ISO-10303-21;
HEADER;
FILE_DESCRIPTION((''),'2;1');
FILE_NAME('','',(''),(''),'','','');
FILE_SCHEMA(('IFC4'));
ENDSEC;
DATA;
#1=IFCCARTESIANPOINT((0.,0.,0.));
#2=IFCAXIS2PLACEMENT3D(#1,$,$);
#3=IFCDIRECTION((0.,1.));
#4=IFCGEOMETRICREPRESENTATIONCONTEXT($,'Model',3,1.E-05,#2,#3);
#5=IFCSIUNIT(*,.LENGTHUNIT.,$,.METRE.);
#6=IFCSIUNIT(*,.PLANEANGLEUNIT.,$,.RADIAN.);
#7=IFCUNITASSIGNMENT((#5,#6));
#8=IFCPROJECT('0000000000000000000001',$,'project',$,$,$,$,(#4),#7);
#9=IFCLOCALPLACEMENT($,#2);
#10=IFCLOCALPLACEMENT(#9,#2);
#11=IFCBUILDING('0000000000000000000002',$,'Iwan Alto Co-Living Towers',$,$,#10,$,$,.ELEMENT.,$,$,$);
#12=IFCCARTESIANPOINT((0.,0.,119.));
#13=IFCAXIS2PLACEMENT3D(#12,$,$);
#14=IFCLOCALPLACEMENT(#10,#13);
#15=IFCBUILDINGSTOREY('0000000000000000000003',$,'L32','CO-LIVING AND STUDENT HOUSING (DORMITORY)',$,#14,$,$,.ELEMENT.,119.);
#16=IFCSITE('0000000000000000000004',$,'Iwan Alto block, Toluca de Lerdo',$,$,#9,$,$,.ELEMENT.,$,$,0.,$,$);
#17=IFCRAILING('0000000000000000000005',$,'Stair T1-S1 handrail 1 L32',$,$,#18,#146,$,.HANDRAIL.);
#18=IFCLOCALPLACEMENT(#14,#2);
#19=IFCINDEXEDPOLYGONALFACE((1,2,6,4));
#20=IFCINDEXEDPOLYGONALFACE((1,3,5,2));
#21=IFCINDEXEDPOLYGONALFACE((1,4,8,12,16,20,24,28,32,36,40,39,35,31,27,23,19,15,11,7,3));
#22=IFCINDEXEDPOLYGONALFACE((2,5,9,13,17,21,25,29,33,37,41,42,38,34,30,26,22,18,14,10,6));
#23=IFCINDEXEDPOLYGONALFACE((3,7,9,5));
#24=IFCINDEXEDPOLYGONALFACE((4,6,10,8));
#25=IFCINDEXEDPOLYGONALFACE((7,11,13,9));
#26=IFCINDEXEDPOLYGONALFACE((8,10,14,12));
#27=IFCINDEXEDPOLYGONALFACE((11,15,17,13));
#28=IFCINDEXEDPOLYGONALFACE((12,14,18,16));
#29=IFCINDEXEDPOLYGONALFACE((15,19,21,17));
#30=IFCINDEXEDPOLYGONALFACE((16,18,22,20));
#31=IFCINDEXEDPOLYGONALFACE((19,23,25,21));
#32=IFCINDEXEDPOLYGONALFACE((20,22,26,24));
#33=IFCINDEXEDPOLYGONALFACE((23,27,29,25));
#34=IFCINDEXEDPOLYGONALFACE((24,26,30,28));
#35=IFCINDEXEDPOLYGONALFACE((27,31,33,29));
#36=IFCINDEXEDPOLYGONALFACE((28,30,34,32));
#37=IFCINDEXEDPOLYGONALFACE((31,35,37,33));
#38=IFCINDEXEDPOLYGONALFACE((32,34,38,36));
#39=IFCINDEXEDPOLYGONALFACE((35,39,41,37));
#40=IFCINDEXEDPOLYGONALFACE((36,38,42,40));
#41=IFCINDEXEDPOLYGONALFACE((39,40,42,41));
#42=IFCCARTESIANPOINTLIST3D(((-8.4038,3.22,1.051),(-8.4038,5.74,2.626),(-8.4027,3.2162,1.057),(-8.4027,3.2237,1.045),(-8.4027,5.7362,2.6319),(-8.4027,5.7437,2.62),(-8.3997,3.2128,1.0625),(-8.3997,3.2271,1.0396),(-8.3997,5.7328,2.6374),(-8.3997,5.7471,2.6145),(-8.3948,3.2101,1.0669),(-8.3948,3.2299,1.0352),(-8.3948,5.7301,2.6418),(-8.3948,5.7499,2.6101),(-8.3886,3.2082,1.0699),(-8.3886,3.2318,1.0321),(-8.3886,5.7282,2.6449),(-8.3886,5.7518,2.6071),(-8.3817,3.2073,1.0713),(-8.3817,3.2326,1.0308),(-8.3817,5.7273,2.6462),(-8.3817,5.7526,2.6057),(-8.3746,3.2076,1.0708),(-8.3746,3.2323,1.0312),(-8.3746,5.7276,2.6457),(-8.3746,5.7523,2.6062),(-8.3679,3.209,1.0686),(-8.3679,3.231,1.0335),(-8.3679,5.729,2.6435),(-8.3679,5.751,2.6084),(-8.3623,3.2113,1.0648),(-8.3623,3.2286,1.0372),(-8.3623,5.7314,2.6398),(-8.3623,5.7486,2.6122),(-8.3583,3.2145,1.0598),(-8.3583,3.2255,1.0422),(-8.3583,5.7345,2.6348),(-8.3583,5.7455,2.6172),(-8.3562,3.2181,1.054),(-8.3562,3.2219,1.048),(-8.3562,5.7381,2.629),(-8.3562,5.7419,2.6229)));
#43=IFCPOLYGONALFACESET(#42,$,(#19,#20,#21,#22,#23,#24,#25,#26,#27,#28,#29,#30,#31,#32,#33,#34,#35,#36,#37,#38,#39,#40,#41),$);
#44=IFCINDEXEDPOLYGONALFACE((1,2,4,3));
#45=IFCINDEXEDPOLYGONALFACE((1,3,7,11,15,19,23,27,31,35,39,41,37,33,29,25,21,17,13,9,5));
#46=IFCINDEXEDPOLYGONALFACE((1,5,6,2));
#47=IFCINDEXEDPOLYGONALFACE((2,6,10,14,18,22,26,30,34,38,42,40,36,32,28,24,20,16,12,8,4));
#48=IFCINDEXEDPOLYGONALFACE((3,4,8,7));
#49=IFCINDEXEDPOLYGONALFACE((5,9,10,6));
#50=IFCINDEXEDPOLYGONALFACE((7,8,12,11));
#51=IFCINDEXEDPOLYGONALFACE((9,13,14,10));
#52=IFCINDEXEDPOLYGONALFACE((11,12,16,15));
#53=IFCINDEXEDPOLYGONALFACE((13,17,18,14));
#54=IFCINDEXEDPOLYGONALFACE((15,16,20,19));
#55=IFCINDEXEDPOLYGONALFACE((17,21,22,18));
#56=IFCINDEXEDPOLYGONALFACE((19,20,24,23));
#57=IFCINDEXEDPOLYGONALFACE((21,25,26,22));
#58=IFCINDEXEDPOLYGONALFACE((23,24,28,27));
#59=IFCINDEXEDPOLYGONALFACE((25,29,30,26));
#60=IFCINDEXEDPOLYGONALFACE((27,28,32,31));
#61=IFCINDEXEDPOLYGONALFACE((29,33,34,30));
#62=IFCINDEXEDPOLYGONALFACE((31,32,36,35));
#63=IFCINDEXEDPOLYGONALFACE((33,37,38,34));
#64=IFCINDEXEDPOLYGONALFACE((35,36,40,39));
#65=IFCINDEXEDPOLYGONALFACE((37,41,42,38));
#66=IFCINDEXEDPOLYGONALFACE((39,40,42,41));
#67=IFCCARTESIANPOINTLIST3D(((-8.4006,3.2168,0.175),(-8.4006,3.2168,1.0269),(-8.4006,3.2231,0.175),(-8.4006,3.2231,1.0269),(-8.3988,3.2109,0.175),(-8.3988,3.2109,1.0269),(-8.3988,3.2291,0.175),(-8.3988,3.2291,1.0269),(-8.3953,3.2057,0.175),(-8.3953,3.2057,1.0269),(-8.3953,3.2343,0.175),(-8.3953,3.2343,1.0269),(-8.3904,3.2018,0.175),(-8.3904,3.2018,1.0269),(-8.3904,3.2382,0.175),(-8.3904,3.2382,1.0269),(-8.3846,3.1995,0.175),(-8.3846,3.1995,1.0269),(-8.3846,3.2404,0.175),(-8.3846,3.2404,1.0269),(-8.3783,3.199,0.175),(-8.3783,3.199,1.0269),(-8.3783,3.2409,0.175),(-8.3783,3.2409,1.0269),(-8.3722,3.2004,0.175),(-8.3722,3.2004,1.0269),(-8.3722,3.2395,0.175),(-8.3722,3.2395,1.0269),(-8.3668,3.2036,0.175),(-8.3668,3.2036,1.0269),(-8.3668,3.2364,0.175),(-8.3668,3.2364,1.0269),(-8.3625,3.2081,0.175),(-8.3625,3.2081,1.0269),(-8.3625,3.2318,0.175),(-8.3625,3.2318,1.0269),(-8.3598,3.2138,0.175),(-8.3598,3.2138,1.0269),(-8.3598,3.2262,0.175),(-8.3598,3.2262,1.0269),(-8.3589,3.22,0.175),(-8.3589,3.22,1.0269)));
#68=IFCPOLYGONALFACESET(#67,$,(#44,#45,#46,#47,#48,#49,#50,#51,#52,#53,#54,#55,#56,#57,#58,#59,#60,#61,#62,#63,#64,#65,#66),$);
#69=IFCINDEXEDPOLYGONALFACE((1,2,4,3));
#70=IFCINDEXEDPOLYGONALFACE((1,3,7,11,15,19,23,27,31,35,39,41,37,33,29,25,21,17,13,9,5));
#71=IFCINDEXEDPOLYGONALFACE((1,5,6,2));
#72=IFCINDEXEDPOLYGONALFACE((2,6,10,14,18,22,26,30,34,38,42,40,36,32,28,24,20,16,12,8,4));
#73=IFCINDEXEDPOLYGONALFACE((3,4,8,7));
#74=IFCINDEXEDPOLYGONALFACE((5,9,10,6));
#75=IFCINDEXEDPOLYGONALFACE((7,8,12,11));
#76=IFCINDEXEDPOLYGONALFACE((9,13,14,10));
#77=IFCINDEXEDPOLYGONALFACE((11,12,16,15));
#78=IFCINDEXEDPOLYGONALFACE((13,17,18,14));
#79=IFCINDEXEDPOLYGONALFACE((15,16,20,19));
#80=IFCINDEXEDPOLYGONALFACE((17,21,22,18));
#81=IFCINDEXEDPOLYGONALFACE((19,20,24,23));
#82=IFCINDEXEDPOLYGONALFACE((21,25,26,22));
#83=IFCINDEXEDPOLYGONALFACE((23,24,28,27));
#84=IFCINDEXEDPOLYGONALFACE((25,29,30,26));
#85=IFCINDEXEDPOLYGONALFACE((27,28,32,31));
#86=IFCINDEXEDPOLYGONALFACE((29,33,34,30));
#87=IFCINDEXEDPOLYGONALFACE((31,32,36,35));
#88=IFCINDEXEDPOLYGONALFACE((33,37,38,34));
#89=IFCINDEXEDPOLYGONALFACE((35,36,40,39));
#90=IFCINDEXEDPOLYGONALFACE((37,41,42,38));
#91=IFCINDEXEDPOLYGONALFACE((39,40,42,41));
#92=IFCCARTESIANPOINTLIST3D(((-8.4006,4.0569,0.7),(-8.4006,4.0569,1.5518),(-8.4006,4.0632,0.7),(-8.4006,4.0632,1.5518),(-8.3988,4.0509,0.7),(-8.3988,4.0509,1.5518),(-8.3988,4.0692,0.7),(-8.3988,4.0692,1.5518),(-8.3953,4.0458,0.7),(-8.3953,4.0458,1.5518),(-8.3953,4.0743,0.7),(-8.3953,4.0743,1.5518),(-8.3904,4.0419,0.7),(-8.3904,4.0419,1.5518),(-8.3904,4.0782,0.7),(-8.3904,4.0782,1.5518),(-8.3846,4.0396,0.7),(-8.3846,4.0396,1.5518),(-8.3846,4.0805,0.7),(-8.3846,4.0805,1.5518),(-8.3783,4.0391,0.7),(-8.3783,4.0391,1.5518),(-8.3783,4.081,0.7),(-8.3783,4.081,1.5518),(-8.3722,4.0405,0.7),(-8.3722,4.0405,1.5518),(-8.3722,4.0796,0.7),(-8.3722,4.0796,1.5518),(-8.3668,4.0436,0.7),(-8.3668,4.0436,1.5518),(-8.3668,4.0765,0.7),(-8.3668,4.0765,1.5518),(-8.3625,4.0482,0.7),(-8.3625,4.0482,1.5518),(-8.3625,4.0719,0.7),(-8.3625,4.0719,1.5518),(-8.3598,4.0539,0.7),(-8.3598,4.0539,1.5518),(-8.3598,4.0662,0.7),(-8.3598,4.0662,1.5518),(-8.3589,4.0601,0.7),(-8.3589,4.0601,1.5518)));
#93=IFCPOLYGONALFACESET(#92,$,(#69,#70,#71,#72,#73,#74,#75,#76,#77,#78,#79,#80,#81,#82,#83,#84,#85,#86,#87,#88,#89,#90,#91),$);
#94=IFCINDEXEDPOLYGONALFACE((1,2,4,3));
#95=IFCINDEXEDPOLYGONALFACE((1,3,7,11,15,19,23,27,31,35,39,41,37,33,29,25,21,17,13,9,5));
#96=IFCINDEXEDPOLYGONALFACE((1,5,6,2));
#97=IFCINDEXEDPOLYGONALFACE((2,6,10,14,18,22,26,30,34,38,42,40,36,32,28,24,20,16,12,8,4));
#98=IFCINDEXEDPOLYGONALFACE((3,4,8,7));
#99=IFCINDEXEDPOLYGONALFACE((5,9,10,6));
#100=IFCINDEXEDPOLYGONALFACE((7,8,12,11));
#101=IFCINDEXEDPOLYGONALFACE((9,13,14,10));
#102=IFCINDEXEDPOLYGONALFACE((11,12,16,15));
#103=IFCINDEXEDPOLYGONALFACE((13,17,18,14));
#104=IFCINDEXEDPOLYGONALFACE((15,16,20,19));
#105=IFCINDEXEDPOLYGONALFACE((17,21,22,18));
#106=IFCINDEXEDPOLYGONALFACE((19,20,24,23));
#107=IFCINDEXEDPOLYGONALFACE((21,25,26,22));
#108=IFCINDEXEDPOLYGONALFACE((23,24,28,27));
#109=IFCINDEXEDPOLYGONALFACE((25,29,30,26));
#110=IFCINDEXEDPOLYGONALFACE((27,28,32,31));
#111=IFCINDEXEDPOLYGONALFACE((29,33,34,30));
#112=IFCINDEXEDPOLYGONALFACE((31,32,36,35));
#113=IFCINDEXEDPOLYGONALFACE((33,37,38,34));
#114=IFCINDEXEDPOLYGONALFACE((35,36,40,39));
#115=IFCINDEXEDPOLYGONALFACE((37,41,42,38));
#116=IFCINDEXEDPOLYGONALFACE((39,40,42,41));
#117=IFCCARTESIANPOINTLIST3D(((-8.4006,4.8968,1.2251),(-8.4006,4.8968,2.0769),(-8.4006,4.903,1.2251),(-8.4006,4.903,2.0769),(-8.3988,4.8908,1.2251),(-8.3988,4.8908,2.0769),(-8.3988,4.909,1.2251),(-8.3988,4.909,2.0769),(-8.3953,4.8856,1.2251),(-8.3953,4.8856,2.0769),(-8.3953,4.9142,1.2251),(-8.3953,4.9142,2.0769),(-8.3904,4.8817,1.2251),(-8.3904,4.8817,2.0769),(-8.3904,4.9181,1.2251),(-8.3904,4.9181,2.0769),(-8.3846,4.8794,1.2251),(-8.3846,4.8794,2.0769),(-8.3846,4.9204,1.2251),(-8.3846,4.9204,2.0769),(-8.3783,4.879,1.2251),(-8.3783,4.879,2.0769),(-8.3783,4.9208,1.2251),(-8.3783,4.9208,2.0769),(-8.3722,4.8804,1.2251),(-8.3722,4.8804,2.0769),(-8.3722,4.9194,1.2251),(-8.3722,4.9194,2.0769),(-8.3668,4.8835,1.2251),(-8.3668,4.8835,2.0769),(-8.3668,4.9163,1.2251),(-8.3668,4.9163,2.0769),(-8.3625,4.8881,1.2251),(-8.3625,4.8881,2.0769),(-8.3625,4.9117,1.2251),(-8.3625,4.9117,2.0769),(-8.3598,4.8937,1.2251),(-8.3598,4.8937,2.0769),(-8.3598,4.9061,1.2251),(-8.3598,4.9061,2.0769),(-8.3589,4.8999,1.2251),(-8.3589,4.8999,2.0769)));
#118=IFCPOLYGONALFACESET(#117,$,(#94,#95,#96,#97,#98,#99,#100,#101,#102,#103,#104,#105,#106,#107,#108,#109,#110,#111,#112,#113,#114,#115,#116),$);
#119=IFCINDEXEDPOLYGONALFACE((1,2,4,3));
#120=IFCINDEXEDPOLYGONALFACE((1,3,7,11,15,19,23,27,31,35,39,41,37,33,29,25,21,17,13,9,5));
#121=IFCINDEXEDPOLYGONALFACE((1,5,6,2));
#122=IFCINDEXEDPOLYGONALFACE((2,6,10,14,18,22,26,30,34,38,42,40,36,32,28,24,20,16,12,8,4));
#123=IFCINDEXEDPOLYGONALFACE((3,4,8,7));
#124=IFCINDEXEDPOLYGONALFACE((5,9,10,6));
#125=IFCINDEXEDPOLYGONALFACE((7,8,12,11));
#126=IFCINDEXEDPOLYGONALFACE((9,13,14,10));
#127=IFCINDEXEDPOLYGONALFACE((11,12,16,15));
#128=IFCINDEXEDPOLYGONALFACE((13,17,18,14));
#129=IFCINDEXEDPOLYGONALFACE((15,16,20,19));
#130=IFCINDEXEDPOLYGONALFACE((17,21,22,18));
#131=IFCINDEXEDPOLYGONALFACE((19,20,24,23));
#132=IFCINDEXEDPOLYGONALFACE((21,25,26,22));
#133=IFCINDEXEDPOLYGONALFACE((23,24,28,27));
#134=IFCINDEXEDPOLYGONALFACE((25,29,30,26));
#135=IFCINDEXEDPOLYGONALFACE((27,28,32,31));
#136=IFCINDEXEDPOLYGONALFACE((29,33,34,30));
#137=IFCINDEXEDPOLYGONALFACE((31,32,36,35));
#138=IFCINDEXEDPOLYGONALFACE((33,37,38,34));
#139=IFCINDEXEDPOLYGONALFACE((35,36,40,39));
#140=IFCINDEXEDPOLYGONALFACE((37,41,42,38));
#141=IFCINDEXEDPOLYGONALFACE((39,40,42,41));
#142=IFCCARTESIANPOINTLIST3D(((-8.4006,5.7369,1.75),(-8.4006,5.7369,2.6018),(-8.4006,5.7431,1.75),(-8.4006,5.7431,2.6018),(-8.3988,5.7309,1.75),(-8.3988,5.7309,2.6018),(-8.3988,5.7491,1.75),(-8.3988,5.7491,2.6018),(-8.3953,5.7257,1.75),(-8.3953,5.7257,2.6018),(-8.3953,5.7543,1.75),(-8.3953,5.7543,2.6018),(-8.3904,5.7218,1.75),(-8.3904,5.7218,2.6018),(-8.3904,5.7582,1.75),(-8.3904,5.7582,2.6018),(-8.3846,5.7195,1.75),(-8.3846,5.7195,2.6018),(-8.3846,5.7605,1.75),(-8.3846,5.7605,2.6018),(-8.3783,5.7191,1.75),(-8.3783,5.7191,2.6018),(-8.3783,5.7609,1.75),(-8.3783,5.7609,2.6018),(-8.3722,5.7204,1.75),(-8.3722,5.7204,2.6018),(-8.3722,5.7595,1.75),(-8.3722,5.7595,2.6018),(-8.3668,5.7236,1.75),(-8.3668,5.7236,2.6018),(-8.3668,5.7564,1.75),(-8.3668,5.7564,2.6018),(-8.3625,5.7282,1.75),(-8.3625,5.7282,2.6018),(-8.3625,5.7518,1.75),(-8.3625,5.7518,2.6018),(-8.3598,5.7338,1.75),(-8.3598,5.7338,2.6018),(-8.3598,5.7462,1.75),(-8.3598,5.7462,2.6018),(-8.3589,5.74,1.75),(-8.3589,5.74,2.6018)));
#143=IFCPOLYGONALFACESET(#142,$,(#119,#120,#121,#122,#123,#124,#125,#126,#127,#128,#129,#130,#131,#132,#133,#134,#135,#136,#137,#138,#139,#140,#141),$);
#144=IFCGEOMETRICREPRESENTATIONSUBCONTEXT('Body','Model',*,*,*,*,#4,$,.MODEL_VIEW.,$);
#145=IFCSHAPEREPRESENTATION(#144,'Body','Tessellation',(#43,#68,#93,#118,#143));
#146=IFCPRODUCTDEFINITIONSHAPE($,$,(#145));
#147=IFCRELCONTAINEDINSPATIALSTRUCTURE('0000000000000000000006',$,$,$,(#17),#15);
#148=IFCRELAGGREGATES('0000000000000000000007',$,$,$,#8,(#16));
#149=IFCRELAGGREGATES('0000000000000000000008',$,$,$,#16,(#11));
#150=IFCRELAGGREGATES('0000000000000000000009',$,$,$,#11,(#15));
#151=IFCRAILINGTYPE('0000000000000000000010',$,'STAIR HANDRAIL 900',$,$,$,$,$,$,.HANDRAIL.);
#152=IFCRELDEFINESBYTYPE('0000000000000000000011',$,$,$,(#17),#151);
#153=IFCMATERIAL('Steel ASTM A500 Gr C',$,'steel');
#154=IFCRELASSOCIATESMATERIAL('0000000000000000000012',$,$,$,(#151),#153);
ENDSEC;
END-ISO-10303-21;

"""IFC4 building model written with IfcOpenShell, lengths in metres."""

from ifc_helpers import new_model, si_unit, direction, frame, origin, origin_2d, place, context, subcontext, project, spatial, circle, extrude, material, type_object, element, save


model = new_model("IFC4")

# Units and contexts
model_context = context("Model", 3, precision=1e-05, world=origin(), true_north=direction((0.0, 1.0)))
body_context = subcontext(model_context, "Body", "Model", "MODEL_VIEW")
ifc_project = project(units=[si_unit("LENGTHUNIT", "METRE"), si_unit("PLANEANGLEUNIT", "RADIAN")], contexts=[model_context])

# Site, building, storey
site_placement = place(None, origin())
site = spatial("IfcSite", under=ifc_project, at=site_placement, Name="Iwan Alto block, Toluca de Lerdo", CompositionType="ELEMENT", RefElevation=0.0)
building_placement = place(site_placement, origin())
building = spatial("IfcBuilding", under=site, at=building_placement, Name="Iwan Alto Co-Living Towers", CompositionType="ELEMENT")
storey_placement = place(building_placement, frame((0.0, 0.0, 119.0)))
storey = spatial("IfcBuildingStorey", under=building, at=storey_placement, Name="L32", Description="CO-LIVING AND STUDENT HOUSING (DORMITORY)", CompositionType="ELEMENT", Elevation=119.0)

# Railing
ifc_material_1 = material(Name="Steel ASTM A500 Gr C", Category="steel")
railing_type_1 = type_object("IfcRailingType", Name="STAIR HANDRAIL 900", PredefinedType="HANDRAIL", material=ifc_material_1)
railing_1_placement = place(storey_placement, frame((-8.3799, 3.22, 0.175)))
element("IfcRailing", 1, at=railing_1_placement, inside=storey, type_object=railing_type_1, Name="Stair T1-S1 handrail 1 L32", PredefinedType="HANDRAIL", context=body_context, shape_type="SweptSolid", body=[
    extrude(circle(Radius=0.0239, at=origin_2d()), frame((0.0, 0.0, 0.876), z_axis=(0.0, 0.848008, 0.529984), x_axis=(-1.0, 0.0, 0.0)), (0.0, 0.0, 1.0), 2.9717),
    extrude(circle(Radius=0.021, at=origin_2d()), origin(), (0.0, 0.0, 1.0), 0.8518),
    extrude(circle(Radius=0.021, at=origin_2d()), frame((0.0, 0.8401, 0.5249)), (0.0, 0.0, 1.0), 0.8518),
    extrude(circle(Radius=0.021, at=origin_2d()), frame((0.0, 1.6799, 1.05)), (0.0, 0.0, 1.0), 0.8518),
    extrude(circle(Radius=0.021, at=origin_2d()), frame((0.0, 2.52, 1.575)), (0.0, 0.0, 1.0), 0.8518),
])

save(model, "model.ifc")
